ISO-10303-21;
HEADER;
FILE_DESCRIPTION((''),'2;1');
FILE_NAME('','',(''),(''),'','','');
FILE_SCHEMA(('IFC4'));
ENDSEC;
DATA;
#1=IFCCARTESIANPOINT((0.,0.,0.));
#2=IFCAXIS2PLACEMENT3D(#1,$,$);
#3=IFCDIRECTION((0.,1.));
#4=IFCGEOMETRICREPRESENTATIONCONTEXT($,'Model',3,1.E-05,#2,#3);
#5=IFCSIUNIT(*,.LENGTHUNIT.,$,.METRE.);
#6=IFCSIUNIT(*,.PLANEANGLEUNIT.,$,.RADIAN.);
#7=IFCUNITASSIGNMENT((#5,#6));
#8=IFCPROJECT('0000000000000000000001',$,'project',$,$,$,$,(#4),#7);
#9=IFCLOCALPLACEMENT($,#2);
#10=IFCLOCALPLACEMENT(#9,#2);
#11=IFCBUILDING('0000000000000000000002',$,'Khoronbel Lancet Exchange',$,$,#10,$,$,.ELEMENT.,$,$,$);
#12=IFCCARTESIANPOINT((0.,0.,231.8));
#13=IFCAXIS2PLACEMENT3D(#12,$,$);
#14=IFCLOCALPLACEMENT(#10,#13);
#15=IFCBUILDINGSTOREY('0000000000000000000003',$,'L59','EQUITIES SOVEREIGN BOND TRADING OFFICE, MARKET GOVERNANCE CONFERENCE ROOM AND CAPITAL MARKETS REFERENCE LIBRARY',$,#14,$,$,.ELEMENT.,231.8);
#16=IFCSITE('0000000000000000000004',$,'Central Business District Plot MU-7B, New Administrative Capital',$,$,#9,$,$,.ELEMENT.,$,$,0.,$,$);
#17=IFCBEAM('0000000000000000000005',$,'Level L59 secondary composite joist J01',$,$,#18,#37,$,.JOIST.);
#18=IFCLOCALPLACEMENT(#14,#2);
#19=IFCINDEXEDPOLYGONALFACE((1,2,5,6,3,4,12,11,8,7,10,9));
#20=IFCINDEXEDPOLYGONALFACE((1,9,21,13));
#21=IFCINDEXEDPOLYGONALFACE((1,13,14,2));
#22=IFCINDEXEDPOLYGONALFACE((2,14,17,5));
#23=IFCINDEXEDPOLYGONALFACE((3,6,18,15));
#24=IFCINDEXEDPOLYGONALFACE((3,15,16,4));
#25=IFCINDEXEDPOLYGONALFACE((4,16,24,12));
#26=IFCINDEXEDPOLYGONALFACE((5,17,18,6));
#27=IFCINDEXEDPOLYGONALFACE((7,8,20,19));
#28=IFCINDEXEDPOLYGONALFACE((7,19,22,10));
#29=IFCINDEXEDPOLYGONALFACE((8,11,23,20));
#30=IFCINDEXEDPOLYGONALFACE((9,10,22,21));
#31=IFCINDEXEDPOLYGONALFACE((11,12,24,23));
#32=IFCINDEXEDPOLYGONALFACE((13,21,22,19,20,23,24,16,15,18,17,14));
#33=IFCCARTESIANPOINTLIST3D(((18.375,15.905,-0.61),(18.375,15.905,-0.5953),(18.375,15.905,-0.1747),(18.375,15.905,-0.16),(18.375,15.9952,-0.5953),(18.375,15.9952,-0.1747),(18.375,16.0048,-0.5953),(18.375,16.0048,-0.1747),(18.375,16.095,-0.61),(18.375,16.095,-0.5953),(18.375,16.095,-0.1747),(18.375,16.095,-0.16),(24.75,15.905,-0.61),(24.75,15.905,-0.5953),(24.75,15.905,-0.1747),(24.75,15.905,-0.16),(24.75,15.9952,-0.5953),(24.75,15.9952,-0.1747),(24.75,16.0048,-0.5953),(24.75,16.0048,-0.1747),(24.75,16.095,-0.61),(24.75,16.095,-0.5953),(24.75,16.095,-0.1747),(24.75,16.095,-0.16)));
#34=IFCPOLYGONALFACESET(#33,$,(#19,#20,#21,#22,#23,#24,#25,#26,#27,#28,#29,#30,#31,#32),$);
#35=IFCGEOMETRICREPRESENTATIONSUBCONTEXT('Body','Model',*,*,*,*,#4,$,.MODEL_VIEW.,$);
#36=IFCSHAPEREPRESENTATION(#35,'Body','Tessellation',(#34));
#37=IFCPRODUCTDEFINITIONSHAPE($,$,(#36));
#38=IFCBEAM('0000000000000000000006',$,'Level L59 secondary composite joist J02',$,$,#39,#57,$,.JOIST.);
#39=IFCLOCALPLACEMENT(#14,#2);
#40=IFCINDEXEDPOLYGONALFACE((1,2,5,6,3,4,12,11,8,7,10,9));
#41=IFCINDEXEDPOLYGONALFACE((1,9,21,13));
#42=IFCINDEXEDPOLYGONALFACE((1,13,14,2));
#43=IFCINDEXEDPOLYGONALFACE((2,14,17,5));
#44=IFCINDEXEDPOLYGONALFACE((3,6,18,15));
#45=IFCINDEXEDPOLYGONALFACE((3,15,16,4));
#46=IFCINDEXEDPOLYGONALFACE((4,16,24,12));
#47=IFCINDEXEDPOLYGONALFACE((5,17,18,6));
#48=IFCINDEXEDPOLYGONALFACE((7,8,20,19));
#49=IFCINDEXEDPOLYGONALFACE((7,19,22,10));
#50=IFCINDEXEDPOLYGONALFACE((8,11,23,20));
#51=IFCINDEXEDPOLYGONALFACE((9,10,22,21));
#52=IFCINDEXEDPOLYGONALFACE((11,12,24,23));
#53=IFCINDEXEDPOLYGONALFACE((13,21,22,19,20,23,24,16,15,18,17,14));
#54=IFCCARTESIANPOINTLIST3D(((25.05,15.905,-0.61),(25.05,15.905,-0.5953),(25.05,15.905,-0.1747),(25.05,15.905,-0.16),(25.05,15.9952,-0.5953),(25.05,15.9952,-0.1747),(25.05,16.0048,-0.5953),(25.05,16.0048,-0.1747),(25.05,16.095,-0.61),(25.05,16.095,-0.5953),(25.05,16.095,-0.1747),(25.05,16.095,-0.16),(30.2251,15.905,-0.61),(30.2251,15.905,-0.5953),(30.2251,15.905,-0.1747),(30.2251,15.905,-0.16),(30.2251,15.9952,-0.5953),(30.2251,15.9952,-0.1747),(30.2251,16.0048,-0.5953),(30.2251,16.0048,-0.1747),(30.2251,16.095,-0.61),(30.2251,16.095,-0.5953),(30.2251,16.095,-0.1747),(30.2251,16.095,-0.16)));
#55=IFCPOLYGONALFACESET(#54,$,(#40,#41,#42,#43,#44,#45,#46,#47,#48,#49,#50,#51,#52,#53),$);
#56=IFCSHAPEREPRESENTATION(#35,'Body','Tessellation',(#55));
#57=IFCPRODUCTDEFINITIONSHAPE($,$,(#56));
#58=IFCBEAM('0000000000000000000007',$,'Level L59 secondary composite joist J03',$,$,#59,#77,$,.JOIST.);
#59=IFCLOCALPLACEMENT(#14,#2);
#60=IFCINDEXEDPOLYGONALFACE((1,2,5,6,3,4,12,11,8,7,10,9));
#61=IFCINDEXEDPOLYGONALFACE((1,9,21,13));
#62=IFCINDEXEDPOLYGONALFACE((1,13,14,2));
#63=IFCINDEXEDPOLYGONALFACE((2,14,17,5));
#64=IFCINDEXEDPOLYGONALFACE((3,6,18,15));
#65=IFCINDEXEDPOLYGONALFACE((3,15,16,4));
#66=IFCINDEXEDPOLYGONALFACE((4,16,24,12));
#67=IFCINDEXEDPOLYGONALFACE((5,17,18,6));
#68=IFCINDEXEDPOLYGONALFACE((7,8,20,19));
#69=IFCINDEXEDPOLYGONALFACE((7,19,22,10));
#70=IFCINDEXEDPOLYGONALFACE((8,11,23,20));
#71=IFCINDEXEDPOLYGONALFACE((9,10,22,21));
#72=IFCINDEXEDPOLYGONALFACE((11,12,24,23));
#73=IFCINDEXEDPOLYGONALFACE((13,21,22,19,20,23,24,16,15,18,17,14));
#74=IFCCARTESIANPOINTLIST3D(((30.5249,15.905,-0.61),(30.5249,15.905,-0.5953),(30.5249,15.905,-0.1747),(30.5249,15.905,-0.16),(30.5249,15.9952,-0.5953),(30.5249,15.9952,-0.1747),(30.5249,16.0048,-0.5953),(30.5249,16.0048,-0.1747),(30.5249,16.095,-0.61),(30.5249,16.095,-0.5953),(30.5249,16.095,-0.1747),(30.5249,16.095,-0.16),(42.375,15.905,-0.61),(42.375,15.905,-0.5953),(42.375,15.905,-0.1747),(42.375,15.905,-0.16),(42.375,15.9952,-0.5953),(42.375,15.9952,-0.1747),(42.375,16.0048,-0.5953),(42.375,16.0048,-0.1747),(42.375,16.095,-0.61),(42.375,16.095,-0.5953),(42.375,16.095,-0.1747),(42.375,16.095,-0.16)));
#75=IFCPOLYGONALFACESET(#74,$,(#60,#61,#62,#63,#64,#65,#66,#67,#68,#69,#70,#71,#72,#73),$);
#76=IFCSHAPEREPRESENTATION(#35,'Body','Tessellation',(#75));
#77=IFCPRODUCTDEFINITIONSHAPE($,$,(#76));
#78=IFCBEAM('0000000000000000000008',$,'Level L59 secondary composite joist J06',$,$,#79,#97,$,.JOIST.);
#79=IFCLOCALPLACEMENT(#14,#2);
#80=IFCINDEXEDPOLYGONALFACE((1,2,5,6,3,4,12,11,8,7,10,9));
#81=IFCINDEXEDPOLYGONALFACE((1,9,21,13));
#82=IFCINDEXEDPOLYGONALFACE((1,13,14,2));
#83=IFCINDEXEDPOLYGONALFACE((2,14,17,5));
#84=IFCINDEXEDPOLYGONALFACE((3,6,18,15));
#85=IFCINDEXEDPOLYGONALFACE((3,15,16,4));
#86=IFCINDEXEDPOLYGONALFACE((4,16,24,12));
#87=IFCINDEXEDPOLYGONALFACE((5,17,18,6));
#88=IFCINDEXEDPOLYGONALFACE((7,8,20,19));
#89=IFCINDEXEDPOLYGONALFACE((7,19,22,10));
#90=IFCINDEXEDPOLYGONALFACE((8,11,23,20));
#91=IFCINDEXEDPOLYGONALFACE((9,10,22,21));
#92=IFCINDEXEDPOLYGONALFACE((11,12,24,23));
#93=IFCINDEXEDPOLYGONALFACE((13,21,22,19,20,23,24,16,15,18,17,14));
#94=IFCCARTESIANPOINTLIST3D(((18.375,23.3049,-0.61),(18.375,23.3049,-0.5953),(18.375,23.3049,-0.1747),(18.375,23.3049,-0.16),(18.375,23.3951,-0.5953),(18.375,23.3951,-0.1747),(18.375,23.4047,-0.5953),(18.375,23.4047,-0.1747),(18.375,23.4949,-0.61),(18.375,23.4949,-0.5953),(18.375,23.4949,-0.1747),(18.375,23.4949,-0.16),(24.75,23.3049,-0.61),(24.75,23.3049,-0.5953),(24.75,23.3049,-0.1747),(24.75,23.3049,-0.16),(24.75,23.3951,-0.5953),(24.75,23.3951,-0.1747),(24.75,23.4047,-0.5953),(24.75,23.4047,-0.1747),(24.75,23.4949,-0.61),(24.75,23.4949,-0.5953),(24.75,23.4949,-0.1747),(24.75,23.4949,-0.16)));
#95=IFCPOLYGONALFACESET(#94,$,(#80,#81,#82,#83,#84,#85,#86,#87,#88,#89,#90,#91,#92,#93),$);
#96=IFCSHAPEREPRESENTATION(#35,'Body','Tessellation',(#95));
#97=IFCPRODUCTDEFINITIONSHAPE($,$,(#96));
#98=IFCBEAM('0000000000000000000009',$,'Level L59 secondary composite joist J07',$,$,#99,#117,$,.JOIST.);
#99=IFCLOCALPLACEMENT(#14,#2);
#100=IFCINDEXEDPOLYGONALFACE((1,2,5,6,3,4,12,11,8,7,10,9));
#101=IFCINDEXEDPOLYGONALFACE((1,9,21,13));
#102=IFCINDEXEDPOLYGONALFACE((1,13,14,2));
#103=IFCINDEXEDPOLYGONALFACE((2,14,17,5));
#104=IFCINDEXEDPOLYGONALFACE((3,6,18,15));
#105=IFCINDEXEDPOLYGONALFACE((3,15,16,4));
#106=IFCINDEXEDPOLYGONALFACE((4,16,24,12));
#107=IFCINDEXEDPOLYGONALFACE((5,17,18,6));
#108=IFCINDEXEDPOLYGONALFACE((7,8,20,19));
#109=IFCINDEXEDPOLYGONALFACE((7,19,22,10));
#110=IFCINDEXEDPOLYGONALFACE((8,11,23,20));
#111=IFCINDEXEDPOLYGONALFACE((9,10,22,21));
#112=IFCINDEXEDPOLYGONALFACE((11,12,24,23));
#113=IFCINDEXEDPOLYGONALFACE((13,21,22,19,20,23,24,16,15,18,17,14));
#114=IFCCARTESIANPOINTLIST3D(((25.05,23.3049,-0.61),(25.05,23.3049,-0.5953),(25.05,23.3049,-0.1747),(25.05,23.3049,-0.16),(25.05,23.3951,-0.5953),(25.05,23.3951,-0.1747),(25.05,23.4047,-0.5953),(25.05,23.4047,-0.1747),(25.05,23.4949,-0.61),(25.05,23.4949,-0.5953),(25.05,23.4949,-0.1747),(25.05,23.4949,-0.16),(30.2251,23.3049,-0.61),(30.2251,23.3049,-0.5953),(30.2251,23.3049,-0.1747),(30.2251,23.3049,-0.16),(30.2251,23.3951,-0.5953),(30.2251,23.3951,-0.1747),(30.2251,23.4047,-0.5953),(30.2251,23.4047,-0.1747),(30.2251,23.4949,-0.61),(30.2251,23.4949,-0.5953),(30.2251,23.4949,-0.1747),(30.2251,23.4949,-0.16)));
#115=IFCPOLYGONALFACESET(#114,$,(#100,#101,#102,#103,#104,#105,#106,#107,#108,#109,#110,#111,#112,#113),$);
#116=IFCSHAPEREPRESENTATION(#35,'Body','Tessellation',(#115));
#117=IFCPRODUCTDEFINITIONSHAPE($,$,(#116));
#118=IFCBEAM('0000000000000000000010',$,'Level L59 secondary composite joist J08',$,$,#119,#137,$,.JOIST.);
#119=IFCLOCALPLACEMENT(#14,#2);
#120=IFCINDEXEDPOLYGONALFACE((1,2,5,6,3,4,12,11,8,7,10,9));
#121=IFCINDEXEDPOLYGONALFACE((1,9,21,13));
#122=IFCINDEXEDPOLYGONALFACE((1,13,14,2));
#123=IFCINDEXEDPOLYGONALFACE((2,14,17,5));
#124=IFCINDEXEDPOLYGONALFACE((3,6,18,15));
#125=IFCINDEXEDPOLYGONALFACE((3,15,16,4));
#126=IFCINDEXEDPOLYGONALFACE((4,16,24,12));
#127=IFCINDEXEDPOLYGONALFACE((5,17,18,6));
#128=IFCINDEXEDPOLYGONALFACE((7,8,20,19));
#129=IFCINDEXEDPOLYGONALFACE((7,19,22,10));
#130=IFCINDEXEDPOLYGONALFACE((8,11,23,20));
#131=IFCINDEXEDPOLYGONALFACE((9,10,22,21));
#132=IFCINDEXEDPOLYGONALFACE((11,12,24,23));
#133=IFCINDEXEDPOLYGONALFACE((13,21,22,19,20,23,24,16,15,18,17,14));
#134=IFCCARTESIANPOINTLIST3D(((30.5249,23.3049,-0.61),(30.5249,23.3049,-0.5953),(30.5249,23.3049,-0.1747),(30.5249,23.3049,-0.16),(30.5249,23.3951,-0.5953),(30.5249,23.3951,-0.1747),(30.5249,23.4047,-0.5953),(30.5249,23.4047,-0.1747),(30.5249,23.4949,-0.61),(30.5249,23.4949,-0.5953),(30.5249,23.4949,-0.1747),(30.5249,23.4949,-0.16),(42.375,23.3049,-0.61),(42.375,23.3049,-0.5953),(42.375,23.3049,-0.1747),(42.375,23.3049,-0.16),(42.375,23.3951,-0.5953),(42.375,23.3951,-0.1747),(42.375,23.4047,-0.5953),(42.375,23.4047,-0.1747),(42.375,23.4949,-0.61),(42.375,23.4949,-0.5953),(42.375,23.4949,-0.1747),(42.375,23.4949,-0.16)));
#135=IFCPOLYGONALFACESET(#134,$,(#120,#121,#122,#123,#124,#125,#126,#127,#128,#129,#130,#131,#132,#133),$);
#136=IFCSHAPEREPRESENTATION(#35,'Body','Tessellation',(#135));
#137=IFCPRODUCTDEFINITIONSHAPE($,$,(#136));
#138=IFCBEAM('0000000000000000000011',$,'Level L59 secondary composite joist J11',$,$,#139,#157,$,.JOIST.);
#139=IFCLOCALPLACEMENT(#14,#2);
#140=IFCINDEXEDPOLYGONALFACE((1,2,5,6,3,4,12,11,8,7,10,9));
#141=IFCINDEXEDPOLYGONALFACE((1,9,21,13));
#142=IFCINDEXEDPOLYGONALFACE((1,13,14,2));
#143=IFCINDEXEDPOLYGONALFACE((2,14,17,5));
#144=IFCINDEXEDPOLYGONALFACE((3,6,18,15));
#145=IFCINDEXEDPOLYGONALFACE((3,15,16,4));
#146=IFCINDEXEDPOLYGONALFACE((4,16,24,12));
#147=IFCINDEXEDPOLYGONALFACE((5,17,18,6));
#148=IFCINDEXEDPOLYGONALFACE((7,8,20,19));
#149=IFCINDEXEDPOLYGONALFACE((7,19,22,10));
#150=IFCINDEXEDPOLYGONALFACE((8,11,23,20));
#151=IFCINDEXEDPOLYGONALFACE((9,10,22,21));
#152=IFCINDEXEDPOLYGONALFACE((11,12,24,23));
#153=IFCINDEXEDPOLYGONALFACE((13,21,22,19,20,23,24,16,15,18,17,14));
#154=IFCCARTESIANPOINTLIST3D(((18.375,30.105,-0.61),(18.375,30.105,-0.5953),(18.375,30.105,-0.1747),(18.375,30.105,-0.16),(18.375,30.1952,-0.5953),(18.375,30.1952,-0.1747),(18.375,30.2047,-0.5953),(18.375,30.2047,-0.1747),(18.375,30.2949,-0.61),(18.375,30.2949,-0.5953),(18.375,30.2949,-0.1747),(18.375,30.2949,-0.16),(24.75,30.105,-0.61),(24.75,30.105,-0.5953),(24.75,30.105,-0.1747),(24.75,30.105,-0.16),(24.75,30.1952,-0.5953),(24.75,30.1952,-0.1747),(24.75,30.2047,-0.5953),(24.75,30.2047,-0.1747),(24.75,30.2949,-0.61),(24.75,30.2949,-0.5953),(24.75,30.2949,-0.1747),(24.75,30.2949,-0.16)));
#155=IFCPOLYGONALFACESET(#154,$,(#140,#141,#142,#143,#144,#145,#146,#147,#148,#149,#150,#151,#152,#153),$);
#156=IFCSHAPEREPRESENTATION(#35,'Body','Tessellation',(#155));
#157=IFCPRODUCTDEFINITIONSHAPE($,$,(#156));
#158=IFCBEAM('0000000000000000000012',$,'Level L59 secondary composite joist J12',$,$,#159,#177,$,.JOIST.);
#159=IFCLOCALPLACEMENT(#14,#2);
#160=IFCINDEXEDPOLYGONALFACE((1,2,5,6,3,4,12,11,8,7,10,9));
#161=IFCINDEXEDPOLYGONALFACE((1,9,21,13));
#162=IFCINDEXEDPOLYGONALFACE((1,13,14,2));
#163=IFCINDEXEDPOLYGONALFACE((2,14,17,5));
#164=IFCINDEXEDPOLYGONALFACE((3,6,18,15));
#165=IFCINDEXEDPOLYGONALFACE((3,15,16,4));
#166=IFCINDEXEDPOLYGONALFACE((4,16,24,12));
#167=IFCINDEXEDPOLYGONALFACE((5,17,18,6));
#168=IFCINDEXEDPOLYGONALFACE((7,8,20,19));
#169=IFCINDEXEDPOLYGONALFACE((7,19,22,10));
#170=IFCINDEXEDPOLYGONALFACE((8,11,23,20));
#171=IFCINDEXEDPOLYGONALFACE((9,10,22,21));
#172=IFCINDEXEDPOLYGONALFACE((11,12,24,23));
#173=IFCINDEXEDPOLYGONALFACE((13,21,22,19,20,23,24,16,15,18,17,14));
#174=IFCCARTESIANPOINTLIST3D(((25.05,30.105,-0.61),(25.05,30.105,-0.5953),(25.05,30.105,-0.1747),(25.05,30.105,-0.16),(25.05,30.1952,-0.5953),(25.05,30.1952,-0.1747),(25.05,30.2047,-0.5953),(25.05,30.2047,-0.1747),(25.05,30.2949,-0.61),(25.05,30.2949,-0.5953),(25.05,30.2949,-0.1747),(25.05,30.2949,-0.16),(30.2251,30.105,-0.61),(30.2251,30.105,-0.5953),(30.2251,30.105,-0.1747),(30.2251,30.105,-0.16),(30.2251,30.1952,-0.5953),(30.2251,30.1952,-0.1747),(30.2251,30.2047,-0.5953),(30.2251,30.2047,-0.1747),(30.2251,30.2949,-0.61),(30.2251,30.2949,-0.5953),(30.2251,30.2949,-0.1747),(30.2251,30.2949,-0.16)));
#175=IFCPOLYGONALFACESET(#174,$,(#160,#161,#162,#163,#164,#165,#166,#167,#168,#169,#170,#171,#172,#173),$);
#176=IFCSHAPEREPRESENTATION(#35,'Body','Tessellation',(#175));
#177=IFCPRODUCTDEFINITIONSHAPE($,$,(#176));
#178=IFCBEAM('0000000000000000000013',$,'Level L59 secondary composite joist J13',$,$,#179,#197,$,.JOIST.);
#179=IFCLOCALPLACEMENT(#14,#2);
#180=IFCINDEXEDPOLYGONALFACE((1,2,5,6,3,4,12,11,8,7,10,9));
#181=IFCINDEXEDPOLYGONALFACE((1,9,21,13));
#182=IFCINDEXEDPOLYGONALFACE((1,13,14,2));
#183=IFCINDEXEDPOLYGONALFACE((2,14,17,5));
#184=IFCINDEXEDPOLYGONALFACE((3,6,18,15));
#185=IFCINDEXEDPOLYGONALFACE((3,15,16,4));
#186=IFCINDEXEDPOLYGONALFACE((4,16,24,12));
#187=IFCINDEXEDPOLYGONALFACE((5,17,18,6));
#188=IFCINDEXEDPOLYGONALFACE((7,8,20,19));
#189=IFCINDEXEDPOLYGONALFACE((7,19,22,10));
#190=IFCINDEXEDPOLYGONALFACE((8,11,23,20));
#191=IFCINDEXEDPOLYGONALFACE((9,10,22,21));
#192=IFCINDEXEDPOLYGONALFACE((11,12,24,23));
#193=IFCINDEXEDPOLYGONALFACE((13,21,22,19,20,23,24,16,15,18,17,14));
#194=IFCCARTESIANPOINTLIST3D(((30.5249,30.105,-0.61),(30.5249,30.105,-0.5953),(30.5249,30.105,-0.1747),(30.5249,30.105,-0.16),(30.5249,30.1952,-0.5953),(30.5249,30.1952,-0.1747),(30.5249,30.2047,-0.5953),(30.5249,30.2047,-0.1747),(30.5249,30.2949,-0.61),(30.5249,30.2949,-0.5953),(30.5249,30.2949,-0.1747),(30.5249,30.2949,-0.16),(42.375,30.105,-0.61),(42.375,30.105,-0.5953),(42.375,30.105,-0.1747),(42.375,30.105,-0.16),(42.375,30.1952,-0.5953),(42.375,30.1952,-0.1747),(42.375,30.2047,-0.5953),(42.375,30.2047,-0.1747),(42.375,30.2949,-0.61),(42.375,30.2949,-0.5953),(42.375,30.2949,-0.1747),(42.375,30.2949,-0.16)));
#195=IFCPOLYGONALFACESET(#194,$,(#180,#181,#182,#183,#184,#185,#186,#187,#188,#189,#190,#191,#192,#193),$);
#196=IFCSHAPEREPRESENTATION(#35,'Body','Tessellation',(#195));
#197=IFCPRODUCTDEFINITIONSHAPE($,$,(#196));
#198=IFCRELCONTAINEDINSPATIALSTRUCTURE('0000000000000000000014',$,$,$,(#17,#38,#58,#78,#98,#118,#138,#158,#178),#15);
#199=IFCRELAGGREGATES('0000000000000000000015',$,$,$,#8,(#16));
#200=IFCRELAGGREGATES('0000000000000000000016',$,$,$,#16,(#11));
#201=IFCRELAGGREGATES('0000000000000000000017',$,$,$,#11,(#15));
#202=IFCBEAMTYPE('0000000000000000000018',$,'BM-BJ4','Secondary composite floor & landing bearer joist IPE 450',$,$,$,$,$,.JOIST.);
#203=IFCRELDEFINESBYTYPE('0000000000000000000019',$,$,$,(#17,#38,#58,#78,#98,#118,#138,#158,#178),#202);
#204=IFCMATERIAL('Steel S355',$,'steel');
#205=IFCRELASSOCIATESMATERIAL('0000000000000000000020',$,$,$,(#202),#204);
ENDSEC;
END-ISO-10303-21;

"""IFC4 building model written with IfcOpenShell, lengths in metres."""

from ifc_helpers import new_model, si_unit, direction, frame, origin, origin_2d, place, context, subcontext, project, spatial, i_section, extrude, material, material_profile, profile_set, type_object, element, save


model = new_model("IFC4")

# Units and contexts
model_context = context("Model", 3, precision=1e-05, world=origin(), true_north=direction((0.0, 1.0)))
body_context = subcontext(model_context, "Body", "Model", "MODEL_VIEW")
ifc_project = project(units=[si_unit("LENGTHUNIT", "METRE"), si_unit("PLANEANGLEUNIT", "RADIAN")], contexts=[model_context])

# Site, building, storey
site_placement = place(None, origin())
site = spatial("IfcSite", under=ifc_project, at=site_placement, Name="Central Business District Plot MU-7B, New Administrative Capital", CompositionType="ELEMENT", RefElevation=0.0)
building_placement = place(site_placement, origin())
building = spatial("IfcBuilding", under=site, at=building_placement, Name="Khoronbel Lancet Exchange", CompositionType="ELEMENT")
storey_placement = place(building_placement, frame((0.0, 0.0, 231.8)))
storey = spatial("IfcBuildingStorey", under=building, at=storey_placement, Name="L59", Description="EQUITIES SOVEREIGN BOND TRADING OFFICE, MARKET GOVERNANCE CONFERENCE ROOM AND CAPITAL MARKETS REFERENCE LIBRARY", CompositionType="ELEMENT", Elevation=231.8)

# Beams
ifc_material_1 = material(Name="Steel S355", Category="steel")
ifc_material_profile = material_profile(ifc_material_1, i_section(OverallWidth=0.1899, OverallDepth=0.45, WebThickness=0.0095, FlangeThickness=0.0146, at=origin_2d()), Name="IPE 450")
ifc_profile_set = profile_set([ifc_material_profile], Name="Steel S355")
beam_type = type_object("IfcBeamType", Name="BM-BJ4", Description="Secondary composite floor & landing bearer joist IPE 450", PredefinedType="JOIST", material=ifc_profile_set)
beam_1_placement = place(storey_placement, frame((18.375, 16.0, -0.385), z_axis=(1.0, 0.0, 0.0), x_axis=(0.0, 1.0, 0.0)))
element("IfcBeam", 1, at=beam_1_placement, inside=storey, type_object=beam_type, Name="Level L59 secondary composite joist J01", PredefinedType="JOIST", context=body_context, shape_type="SweptSolid", body=[
    extrude(i_section(OverallWidth=0.1899, OverallDepth=0.45, WebThickness=0.0095, FlangeThickness=0.0146, at=origin_2d()), origin(), (0.0, 0.0, 1.0), 6.375),
])
beam_2_placement = place(storey_placement, frame((25.05, 16.0, -0.385), z_axis=(1.0, 0.0, 0.0), x_axis=(0.0, 1.0, 0.0)))
element("IfcBeam", 2, at=beam_2_placement, inside=storey, type_object=beam_type, Name="Level L59 secondary composite joist J02", PredefinedType="JOIST", context=body_context, shape_type="SweptSolid", body=[
    extrude(i_section(OverallWidth=0.1899, OverallDepth=0.45, WebThickness=0.0095, FlangeThickness=0.0146, at=origin_2d()), origin(), (0.0, 0.0, 1.0), 5.175),
])
beam_3_placement = place(storey_placement, frame((30.5249, 16.0, -0.385), z_axis=(1.0, 0.0, 0.0), x_axis=(0.0, 1.0, 0.0)))
element("IfcBeam", 3, at=beam_3_placement, inside=storey, type_object=beam_type, Name="Level L59 secondary composite joist J03", PredefinedType="JOIST", context=body_context, shape_type="SweptSolid", body=[
    extrude(i_section(OverallWidth=0.1899, OverallDepth=0.45, WebThickness=0.0095, FlangeThickness=0.0146, at=origin_2d()), origin(), (0.0, 0.0, 1.0), 11.8501),
])
beam_4_placement = place(storey_placement, frame((18.375, 23.3999, -0.385), z_axis=(1.0, 0.0, 0.0), x_axis=(0.0, 1.0, 0.0)))
element("IfcBeam", 4, at=beam_4_placement, inside=storey, type_object=beam_type, Name="Level L59 secondary composite joist J06", PredefinedType="JOIST", context=body_context, shape_type="SweptSolid", body=[
    extrude(i_section(OverallWidth=0.1899, OverallDepth=0.45, WebThickness=0.0095, FlangeThickness=0.0146, at=origin_2d()), origin(), (0.0, 0.0, 1.0), 6.375),
])
beam_5_placement = place(storey_placement, frame((25.05, 23.3999, -0.385), z_axis=(1.0, 0.0, 0.0), x_axis=(0.0, 1.0, 0.0)))
element("IfcBeam", 5, at=beam_5_placement, inside=storey, type_object=beam_type, Name="Level L59 secondary composite joist J07", PredefinedType="JOIST", context=body_context, shape_type="SweptSolid", body=[
    extrude(i_section(OverallWidth=0.1899, OverallDepth=0.45, WebThickness=0.0095, FlangeThickness=0.0146, at=origin_2d()), origin(), (0.0, 0.0, 1.0), 5.175),
])
beam_6_placement = place(storey_placement, frame((30.5249, 23.3999, -0.385), z_axis=(1.0, 0.0, 0.0), x_axis=(0.0, 1.0, 0.0)))
element("IfcBeam", 6, at=beam_6_placement, inside=storey, type_object=beam_type, Name="Level L59 secondary composite joist J08", PredefinedType="JOIST", context=body_context, shape_type="SweptSolid", body=[
    extrude(i_section(OverallWidth=0.1899, OverallDepth=0.45, WebThickness=0.0095, FlangeThickness=0.0146, at=origin_2d()), origin(), (0.0, 0.0, 1.0), 11.8501),
])
beam_7_placement = place(storey_placement, frame((18.375, 30.2, -0.385), z_axis=(1.0, 0.0, 0.0), x_axis=(0.0, 1.0, 0.0)))
element("IfcBeam", 7, at=beam_7_placement, inside=storey, type_object=beam_type, Name="Level L59 secondary composite joist J11", PredefinedType="JOIST", context=body_context, shape_type="SweptSolid", body=[
    extrude(i_section(OverallWidth=0.1899, OverallDepth=0.45, WebThickness=0.0095, FlangeThickness=0.0146, at=origin_2d()), origin(), (0.0, 0.0, 1.0), 6.375),
])
beam_8_placement = place(storey_placement, frame((25.05, 30.2, -0.385), z_axis=(1.0, 0.0, 0.0), x_axis=(0.0, 1.0, 0.0)))
element("IfcBeam", 8, at=beam_8_placement, inside=storey, type_object=beam_type, Name="Level L59 secondary composite joist J12", PredefinedType="JOIST", context=body_context, shape_type="SweptSolid", body=[
    extrude(i_section(OverallWidth=0.1899, OverallDepth=0.45, WebThickness=0.0095, FlangeThickness=0.0146, at=origin_2d()), origin(), (0.0, 0.0, 1.0), 5.175),
])
beam_9_placement = place(storey_placement, frame((30.5249, 30.2, -0.385), z_axis=(1.0, 0.0, 0.0), x_axis=(0.0, 1.0, 0.0)))
element("IfcBeam", 9, at=beam_9_placement, inside=storey, type_object=beam_type, Name="Level L59 secondary composite joist J13", PredefinedType="JOIST", context=body_context, shape_type="SweptSolid", body=[
    extrude(i_section(OverallWidth=0.1899, OverallDepth=0.45, WebThickness=0.0095, FlangeThickness=0.0146, at=origin_2d()), origin(), (0.0, 0.0, 1.0), 11.8501),
])

save(model, "model.ifc")
